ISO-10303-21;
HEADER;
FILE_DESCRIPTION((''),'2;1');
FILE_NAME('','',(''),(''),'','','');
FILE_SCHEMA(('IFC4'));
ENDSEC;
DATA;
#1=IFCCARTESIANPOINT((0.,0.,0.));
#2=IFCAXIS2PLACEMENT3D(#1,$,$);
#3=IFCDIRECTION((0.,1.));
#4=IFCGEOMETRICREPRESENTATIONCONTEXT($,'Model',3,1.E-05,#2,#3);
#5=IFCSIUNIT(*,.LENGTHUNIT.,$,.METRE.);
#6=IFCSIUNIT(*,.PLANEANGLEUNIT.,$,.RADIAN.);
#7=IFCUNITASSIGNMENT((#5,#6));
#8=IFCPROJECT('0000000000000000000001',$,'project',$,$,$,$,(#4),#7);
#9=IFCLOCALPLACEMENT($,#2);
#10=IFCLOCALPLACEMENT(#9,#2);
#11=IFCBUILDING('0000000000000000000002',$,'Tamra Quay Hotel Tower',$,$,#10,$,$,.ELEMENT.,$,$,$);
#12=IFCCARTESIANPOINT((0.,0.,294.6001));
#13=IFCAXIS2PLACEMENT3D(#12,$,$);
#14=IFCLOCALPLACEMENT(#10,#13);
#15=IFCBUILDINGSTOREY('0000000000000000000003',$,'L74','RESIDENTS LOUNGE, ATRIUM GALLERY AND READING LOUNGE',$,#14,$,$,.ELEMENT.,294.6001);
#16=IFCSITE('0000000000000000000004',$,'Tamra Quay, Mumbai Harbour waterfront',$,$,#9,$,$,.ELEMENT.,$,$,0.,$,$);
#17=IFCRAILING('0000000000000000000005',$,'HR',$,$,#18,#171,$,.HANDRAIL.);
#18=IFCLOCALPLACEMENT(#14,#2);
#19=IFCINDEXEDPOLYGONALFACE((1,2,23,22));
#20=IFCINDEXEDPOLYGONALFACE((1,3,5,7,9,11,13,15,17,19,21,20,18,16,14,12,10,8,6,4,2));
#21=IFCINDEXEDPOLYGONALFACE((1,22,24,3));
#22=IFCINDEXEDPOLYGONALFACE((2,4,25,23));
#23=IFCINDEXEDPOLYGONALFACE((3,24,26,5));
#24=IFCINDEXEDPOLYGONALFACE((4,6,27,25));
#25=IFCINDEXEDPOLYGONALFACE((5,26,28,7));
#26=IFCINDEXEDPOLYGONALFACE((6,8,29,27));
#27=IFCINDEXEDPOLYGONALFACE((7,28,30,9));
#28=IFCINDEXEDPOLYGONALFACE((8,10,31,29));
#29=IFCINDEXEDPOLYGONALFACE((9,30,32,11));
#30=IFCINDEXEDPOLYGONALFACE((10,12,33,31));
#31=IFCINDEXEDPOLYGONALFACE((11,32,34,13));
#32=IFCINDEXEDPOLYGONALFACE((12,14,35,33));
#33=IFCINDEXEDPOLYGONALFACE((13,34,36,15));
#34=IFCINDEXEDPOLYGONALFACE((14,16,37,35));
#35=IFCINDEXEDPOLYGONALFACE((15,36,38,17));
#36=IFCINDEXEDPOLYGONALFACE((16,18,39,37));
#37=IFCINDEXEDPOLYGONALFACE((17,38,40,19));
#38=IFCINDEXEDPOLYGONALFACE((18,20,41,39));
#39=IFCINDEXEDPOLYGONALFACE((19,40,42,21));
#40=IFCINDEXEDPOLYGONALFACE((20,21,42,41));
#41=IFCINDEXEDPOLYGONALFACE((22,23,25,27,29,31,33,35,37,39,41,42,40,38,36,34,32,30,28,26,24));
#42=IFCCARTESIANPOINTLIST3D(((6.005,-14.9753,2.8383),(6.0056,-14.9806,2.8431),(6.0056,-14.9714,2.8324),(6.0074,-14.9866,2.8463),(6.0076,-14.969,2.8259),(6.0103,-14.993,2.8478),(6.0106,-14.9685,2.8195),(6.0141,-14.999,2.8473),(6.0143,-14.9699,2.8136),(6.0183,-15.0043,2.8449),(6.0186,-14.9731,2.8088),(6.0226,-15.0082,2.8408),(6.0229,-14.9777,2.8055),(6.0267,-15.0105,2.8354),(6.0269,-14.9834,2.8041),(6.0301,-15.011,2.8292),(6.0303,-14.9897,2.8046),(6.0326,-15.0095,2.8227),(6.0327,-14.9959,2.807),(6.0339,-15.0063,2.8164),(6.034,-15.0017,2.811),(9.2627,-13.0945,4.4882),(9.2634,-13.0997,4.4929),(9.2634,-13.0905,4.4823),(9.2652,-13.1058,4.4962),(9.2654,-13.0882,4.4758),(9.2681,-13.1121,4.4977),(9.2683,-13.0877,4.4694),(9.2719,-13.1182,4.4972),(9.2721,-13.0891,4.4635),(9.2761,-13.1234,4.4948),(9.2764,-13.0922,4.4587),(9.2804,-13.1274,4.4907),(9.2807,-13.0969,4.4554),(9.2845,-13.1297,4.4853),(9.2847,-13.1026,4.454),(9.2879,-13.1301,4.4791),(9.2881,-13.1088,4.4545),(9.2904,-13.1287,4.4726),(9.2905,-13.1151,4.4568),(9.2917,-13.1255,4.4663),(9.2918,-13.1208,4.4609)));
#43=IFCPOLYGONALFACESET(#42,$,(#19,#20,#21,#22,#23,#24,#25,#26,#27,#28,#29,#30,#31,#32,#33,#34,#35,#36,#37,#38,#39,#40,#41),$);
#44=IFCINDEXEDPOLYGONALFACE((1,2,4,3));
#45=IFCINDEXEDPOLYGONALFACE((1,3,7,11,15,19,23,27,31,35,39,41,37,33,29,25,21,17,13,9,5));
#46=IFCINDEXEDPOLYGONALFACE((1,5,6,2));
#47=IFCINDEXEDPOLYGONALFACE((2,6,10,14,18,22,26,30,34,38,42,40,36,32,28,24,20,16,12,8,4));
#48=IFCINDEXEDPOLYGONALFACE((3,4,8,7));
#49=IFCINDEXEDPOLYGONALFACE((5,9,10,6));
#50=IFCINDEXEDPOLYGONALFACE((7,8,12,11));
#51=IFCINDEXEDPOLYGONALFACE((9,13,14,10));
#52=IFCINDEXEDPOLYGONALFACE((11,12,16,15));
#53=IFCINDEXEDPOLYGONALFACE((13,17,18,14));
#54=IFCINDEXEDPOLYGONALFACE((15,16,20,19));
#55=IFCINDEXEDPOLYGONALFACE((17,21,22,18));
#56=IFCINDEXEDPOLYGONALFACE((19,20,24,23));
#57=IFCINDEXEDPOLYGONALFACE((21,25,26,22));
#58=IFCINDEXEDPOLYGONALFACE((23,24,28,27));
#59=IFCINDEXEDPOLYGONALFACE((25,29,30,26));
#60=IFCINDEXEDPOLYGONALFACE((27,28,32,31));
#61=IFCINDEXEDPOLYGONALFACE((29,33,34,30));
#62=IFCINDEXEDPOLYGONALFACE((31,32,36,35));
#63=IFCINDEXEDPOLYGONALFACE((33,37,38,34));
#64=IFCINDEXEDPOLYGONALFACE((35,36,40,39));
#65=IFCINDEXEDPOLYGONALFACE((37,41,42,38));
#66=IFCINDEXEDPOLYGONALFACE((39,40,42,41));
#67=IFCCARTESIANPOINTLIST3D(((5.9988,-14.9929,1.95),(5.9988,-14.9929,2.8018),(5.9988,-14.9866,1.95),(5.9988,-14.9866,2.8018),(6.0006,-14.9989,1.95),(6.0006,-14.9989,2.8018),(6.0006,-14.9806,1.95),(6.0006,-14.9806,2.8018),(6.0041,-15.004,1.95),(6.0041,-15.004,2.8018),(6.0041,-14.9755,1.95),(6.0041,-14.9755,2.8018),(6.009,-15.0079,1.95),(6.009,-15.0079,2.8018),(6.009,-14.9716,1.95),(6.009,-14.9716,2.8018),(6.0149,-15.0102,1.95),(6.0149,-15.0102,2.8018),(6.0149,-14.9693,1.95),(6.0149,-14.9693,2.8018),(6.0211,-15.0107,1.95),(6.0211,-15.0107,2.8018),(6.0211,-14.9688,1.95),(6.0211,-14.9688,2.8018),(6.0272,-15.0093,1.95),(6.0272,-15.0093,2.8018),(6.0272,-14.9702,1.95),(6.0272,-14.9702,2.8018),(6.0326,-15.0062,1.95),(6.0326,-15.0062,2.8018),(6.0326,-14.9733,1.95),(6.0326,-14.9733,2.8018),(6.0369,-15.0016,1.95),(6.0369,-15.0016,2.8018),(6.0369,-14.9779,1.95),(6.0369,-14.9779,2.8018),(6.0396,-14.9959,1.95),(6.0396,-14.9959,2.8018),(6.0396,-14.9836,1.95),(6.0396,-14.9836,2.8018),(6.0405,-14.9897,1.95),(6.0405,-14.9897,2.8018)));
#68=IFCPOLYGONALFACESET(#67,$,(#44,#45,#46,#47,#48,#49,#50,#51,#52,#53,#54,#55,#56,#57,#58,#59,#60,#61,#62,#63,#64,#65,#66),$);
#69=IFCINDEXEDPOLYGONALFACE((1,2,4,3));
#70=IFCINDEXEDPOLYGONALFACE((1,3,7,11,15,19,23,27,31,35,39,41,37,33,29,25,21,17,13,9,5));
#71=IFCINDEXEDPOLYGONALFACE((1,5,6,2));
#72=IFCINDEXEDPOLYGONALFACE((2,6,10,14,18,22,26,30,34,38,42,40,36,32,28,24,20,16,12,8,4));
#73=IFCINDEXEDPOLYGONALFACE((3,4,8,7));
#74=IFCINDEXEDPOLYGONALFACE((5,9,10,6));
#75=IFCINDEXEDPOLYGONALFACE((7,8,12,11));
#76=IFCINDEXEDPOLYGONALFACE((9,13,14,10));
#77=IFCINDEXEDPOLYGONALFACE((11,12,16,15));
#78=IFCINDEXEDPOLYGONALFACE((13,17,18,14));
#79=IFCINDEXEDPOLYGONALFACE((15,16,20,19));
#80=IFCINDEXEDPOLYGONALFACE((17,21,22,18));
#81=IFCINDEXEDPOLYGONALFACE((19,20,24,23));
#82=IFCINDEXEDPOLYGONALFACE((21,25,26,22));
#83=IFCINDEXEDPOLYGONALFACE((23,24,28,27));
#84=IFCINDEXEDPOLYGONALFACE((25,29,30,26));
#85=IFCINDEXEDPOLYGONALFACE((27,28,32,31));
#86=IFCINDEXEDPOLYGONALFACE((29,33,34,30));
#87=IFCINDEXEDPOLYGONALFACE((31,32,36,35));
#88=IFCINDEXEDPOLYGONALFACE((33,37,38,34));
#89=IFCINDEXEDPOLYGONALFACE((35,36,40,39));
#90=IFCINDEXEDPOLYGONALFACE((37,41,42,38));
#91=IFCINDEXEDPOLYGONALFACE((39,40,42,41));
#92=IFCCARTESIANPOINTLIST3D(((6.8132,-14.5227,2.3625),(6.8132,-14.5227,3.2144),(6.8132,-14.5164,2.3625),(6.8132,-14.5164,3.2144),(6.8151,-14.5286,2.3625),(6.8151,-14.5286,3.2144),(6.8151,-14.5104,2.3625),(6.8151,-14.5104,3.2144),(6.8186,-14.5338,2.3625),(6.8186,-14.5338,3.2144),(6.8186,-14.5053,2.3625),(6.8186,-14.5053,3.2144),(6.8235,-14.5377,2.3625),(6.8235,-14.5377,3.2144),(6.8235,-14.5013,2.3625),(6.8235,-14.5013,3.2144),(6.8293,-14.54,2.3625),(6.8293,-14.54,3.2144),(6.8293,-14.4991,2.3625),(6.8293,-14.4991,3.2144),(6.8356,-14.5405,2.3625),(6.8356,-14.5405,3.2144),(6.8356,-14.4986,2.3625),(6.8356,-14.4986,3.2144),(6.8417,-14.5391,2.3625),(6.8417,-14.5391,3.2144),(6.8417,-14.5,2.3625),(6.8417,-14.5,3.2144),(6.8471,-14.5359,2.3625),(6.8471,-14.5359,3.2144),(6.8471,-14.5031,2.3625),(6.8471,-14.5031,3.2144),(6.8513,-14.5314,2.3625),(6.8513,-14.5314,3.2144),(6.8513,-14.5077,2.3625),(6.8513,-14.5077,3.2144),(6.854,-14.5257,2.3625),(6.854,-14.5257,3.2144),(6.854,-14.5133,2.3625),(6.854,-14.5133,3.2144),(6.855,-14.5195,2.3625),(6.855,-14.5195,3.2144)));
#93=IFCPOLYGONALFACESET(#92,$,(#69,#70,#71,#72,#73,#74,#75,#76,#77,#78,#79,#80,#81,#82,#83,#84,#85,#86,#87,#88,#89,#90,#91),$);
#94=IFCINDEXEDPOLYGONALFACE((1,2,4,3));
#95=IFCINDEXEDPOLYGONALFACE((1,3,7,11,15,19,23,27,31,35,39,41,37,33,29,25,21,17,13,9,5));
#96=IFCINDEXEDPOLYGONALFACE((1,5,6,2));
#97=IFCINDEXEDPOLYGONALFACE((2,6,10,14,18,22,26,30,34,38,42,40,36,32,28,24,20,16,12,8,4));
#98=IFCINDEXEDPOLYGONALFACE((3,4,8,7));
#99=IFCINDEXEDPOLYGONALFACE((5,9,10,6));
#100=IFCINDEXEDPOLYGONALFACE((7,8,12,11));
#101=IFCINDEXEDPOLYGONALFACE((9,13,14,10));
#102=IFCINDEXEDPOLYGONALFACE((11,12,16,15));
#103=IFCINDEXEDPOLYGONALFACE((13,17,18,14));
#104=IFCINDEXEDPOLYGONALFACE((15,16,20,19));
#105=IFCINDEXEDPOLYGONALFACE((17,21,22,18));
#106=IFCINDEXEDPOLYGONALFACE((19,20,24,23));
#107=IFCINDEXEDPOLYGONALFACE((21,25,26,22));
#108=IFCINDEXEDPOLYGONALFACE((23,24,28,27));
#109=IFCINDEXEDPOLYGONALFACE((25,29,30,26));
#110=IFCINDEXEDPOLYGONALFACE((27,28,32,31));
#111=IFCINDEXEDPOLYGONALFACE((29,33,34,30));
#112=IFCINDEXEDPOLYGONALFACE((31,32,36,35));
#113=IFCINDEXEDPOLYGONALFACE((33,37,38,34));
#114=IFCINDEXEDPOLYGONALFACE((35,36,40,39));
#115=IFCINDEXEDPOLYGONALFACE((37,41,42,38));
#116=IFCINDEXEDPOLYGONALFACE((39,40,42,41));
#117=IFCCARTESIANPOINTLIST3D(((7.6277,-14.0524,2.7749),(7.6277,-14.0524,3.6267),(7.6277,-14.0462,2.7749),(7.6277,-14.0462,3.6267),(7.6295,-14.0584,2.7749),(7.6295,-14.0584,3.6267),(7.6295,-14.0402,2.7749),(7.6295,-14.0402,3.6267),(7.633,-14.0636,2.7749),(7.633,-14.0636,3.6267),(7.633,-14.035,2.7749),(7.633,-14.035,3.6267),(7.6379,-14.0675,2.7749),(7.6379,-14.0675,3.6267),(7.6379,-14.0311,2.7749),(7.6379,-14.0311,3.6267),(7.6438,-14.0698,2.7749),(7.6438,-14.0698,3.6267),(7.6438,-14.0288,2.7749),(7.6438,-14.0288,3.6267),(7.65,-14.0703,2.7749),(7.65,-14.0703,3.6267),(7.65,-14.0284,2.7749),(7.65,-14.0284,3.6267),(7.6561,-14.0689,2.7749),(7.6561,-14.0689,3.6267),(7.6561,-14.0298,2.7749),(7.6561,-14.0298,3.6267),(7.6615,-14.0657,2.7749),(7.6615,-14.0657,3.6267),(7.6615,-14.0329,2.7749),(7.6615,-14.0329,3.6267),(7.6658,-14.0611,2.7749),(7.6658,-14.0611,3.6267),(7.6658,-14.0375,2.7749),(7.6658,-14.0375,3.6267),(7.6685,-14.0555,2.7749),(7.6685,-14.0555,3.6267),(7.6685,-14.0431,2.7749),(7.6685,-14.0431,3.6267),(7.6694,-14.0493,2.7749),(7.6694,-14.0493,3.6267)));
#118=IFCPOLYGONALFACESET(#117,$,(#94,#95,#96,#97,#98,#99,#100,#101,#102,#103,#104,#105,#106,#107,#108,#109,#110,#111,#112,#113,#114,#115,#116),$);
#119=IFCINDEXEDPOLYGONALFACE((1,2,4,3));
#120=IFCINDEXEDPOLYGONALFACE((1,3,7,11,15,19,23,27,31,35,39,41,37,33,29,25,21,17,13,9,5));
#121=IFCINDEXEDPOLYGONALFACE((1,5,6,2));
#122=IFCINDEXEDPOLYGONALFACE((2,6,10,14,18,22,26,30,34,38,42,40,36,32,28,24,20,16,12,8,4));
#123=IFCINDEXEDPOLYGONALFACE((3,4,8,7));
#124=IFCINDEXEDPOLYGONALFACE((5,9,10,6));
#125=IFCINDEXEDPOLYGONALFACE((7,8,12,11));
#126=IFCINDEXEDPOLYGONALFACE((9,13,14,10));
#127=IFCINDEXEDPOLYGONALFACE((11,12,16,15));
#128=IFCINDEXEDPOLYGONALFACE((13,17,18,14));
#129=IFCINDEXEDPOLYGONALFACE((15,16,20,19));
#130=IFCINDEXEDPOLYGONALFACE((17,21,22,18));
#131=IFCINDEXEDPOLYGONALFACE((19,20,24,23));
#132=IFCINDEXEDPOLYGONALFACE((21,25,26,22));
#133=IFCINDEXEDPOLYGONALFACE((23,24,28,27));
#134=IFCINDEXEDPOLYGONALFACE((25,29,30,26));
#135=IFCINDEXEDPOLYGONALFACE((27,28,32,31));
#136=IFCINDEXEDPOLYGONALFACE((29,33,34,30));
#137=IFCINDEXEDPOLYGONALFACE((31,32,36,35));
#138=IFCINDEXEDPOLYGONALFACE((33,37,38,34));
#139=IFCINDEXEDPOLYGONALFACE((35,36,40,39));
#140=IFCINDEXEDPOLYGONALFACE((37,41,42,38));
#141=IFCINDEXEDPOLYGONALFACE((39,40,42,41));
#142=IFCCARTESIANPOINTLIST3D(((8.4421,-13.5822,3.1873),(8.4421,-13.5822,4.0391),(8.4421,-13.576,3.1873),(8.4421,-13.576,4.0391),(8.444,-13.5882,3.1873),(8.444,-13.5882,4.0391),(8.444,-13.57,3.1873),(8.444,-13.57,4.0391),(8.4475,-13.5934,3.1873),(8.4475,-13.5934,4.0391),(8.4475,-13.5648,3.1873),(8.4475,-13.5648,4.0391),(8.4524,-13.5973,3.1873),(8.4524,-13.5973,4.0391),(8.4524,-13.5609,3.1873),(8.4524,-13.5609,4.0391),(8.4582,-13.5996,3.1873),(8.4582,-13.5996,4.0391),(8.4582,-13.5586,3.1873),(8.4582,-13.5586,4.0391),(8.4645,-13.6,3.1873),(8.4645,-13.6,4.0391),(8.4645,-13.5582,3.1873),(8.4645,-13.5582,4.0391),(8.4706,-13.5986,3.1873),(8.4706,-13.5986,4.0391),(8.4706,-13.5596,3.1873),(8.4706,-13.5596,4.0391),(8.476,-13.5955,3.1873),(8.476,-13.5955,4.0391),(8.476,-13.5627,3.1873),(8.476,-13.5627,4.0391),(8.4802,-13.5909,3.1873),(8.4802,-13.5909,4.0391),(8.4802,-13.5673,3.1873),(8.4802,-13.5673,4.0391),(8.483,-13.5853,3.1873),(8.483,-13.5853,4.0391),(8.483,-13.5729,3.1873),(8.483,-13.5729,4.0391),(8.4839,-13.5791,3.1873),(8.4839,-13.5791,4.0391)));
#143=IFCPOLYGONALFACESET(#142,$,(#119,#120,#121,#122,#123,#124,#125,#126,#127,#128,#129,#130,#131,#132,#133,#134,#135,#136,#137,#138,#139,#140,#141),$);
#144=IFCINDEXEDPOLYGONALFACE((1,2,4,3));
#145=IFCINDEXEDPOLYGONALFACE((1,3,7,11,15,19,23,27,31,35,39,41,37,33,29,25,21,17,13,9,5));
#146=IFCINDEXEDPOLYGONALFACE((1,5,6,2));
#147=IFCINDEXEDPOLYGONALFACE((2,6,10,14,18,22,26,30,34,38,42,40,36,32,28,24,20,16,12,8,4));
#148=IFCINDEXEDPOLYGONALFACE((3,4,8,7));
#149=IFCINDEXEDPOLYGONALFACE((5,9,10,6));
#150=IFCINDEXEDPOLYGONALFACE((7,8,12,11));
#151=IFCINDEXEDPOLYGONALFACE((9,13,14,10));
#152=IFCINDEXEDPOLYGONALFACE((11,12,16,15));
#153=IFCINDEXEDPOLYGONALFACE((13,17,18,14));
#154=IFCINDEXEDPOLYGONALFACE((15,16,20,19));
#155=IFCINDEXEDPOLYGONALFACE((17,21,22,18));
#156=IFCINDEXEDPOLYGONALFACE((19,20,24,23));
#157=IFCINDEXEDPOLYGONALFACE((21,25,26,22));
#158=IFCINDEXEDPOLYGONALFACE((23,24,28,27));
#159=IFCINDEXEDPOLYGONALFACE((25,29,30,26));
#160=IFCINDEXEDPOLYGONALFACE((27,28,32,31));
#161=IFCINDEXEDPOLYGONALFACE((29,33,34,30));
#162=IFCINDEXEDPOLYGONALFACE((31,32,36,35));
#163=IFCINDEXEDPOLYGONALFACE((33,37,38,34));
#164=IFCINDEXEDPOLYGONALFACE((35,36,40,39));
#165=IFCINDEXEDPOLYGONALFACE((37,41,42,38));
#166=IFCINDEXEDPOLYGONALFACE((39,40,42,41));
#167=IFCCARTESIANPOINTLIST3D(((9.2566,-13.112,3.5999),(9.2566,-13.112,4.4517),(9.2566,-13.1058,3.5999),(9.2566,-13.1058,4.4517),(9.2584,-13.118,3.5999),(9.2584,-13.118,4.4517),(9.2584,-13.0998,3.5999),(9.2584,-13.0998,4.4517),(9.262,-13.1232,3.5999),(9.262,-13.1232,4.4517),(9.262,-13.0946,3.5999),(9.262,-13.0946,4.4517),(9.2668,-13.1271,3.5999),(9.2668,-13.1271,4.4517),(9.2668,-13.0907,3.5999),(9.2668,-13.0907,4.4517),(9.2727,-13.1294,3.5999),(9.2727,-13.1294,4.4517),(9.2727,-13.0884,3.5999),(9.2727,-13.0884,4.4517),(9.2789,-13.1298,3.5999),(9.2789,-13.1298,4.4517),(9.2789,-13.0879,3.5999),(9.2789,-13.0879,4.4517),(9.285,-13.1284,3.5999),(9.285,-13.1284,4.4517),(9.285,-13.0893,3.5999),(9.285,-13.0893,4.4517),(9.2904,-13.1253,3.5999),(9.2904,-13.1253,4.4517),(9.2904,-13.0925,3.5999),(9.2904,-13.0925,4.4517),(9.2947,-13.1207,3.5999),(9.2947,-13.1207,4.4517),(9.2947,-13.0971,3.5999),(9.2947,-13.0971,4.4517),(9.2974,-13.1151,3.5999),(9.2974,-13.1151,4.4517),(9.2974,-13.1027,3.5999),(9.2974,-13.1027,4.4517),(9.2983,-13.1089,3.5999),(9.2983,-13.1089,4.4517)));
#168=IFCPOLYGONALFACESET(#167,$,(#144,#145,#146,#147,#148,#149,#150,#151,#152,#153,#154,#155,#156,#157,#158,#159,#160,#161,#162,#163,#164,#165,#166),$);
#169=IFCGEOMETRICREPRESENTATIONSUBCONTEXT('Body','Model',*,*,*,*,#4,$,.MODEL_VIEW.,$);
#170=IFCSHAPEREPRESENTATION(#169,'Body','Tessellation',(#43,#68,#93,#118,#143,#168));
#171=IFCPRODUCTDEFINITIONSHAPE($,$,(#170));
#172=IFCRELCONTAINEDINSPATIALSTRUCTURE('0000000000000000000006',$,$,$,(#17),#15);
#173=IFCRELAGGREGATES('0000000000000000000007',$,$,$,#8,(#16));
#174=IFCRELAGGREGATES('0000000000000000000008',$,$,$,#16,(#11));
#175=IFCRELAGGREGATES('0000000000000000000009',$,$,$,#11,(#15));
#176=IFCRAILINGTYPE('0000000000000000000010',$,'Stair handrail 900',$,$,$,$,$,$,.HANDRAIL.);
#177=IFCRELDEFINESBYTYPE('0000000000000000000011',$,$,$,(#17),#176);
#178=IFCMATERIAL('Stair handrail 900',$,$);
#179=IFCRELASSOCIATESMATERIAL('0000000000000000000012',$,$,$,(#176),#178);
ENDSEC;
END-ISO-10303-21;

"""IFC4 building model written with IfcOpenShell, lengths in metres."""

from ifc_helpers import new_model, si_unit, direction, frame, origin, origin_2d, place, context, subcontext, project, spatial, circle, extrude, material, type_object, element, save


model = new_model("IFC4")

# Units and contexts
model_context = context("Model", 3, precision=1e-05, world=origin(), true_north=direction((0.0, 1.0)))
body_context = subcontext(model_context, "Body", "Model", "MODEL_VIEW")
ifc_project = project(units=[si_unit("LENGTHUNIT", "METRE"), si_unit("PLANEANGLEUNIT", "RADIAN")], contexts=[model_context])

# Site, building, storey
site_placement = place(None, origin())
site = spatial("IfcSite", under=ifc_project, at=site_placement, Name="Tamra Quay, Mumbai Harbour waterfront", CompositionType="ELEMENT", RefElevation=0.0)
building_placement = place(site_placement, origin())
building = spatial("IfcBuilding", under=site, at=building_placement, Name="Tamra Quay Hotel Tower", CompositionType="ELEMENT")
storey_placement = place(building_placement, frame((0.0, 0.0, 294.6001)))
storey = spatial("IfcBuildingStorey", under=building, at=storey_placement, Name="L74", Description="RESIDENTS LOUNGE, ATRIUM GALLERY AND READING LOUNGE", CompositionType="ELEMENT", Elevation=294.6001)

# Railing
ifc_material_1 = material(Name="Stair handrail 900")
railing_type_1 = type_object("IfcRailingType", Name="Stair handrail 900", PredefinedType="HANDRAIL", material=ifc_material_1)
railing_1_placement = place(storey_placement, frame((6.0195, -14.9897, 1.95)))
element("IfcRailing", 1, at=railing_1_placement, inside=storey, type_object=railing_type_1, Name="HR", PredefinedType="HANDRAIL", context=body_context, shape_type="SweptSolid", body=[
    extrude(circle(Radius=0.0239, at=origin_2d()), frame((0.0, 0.0, 0.876), z_axis=(0.7931, 0.457887, 0.401661), x_axis=(-0.499992, 0.86603, 0.0)), (0.0, 0.0, 1.0), 4.1077),
    extrude(circle(Radius=0.021, at=origin_2d()), origin(), (0.0, 0.0, 1.0), 0.8518),
    extrude(circle(Radius=0.021, at=origin_2d()), frame((0.8145, 0.4702, 0.4126)), (0.0, 0.0, 1.0), 0.8518),
    extrude(circle(Radius=0.021, at=origin_2d()), frame((1.6289, 0.9404, 0.825)), (0.0, 0.0, 1.0), 0.8518),
    extrude(circle(Radius=0.021, at=origin_2d()), frame((2.4434, 1.4106, 1.2373)), (0.0, 0.0, 1.0), 0.8518),
    extrude(circle(Radius=0.021, at=origin_2d()), frame((3.2578, 1.8809, 1.6499)), (0.0, 0.0, 1.0), 0.8518),
])

save(model, "model.ifc")
